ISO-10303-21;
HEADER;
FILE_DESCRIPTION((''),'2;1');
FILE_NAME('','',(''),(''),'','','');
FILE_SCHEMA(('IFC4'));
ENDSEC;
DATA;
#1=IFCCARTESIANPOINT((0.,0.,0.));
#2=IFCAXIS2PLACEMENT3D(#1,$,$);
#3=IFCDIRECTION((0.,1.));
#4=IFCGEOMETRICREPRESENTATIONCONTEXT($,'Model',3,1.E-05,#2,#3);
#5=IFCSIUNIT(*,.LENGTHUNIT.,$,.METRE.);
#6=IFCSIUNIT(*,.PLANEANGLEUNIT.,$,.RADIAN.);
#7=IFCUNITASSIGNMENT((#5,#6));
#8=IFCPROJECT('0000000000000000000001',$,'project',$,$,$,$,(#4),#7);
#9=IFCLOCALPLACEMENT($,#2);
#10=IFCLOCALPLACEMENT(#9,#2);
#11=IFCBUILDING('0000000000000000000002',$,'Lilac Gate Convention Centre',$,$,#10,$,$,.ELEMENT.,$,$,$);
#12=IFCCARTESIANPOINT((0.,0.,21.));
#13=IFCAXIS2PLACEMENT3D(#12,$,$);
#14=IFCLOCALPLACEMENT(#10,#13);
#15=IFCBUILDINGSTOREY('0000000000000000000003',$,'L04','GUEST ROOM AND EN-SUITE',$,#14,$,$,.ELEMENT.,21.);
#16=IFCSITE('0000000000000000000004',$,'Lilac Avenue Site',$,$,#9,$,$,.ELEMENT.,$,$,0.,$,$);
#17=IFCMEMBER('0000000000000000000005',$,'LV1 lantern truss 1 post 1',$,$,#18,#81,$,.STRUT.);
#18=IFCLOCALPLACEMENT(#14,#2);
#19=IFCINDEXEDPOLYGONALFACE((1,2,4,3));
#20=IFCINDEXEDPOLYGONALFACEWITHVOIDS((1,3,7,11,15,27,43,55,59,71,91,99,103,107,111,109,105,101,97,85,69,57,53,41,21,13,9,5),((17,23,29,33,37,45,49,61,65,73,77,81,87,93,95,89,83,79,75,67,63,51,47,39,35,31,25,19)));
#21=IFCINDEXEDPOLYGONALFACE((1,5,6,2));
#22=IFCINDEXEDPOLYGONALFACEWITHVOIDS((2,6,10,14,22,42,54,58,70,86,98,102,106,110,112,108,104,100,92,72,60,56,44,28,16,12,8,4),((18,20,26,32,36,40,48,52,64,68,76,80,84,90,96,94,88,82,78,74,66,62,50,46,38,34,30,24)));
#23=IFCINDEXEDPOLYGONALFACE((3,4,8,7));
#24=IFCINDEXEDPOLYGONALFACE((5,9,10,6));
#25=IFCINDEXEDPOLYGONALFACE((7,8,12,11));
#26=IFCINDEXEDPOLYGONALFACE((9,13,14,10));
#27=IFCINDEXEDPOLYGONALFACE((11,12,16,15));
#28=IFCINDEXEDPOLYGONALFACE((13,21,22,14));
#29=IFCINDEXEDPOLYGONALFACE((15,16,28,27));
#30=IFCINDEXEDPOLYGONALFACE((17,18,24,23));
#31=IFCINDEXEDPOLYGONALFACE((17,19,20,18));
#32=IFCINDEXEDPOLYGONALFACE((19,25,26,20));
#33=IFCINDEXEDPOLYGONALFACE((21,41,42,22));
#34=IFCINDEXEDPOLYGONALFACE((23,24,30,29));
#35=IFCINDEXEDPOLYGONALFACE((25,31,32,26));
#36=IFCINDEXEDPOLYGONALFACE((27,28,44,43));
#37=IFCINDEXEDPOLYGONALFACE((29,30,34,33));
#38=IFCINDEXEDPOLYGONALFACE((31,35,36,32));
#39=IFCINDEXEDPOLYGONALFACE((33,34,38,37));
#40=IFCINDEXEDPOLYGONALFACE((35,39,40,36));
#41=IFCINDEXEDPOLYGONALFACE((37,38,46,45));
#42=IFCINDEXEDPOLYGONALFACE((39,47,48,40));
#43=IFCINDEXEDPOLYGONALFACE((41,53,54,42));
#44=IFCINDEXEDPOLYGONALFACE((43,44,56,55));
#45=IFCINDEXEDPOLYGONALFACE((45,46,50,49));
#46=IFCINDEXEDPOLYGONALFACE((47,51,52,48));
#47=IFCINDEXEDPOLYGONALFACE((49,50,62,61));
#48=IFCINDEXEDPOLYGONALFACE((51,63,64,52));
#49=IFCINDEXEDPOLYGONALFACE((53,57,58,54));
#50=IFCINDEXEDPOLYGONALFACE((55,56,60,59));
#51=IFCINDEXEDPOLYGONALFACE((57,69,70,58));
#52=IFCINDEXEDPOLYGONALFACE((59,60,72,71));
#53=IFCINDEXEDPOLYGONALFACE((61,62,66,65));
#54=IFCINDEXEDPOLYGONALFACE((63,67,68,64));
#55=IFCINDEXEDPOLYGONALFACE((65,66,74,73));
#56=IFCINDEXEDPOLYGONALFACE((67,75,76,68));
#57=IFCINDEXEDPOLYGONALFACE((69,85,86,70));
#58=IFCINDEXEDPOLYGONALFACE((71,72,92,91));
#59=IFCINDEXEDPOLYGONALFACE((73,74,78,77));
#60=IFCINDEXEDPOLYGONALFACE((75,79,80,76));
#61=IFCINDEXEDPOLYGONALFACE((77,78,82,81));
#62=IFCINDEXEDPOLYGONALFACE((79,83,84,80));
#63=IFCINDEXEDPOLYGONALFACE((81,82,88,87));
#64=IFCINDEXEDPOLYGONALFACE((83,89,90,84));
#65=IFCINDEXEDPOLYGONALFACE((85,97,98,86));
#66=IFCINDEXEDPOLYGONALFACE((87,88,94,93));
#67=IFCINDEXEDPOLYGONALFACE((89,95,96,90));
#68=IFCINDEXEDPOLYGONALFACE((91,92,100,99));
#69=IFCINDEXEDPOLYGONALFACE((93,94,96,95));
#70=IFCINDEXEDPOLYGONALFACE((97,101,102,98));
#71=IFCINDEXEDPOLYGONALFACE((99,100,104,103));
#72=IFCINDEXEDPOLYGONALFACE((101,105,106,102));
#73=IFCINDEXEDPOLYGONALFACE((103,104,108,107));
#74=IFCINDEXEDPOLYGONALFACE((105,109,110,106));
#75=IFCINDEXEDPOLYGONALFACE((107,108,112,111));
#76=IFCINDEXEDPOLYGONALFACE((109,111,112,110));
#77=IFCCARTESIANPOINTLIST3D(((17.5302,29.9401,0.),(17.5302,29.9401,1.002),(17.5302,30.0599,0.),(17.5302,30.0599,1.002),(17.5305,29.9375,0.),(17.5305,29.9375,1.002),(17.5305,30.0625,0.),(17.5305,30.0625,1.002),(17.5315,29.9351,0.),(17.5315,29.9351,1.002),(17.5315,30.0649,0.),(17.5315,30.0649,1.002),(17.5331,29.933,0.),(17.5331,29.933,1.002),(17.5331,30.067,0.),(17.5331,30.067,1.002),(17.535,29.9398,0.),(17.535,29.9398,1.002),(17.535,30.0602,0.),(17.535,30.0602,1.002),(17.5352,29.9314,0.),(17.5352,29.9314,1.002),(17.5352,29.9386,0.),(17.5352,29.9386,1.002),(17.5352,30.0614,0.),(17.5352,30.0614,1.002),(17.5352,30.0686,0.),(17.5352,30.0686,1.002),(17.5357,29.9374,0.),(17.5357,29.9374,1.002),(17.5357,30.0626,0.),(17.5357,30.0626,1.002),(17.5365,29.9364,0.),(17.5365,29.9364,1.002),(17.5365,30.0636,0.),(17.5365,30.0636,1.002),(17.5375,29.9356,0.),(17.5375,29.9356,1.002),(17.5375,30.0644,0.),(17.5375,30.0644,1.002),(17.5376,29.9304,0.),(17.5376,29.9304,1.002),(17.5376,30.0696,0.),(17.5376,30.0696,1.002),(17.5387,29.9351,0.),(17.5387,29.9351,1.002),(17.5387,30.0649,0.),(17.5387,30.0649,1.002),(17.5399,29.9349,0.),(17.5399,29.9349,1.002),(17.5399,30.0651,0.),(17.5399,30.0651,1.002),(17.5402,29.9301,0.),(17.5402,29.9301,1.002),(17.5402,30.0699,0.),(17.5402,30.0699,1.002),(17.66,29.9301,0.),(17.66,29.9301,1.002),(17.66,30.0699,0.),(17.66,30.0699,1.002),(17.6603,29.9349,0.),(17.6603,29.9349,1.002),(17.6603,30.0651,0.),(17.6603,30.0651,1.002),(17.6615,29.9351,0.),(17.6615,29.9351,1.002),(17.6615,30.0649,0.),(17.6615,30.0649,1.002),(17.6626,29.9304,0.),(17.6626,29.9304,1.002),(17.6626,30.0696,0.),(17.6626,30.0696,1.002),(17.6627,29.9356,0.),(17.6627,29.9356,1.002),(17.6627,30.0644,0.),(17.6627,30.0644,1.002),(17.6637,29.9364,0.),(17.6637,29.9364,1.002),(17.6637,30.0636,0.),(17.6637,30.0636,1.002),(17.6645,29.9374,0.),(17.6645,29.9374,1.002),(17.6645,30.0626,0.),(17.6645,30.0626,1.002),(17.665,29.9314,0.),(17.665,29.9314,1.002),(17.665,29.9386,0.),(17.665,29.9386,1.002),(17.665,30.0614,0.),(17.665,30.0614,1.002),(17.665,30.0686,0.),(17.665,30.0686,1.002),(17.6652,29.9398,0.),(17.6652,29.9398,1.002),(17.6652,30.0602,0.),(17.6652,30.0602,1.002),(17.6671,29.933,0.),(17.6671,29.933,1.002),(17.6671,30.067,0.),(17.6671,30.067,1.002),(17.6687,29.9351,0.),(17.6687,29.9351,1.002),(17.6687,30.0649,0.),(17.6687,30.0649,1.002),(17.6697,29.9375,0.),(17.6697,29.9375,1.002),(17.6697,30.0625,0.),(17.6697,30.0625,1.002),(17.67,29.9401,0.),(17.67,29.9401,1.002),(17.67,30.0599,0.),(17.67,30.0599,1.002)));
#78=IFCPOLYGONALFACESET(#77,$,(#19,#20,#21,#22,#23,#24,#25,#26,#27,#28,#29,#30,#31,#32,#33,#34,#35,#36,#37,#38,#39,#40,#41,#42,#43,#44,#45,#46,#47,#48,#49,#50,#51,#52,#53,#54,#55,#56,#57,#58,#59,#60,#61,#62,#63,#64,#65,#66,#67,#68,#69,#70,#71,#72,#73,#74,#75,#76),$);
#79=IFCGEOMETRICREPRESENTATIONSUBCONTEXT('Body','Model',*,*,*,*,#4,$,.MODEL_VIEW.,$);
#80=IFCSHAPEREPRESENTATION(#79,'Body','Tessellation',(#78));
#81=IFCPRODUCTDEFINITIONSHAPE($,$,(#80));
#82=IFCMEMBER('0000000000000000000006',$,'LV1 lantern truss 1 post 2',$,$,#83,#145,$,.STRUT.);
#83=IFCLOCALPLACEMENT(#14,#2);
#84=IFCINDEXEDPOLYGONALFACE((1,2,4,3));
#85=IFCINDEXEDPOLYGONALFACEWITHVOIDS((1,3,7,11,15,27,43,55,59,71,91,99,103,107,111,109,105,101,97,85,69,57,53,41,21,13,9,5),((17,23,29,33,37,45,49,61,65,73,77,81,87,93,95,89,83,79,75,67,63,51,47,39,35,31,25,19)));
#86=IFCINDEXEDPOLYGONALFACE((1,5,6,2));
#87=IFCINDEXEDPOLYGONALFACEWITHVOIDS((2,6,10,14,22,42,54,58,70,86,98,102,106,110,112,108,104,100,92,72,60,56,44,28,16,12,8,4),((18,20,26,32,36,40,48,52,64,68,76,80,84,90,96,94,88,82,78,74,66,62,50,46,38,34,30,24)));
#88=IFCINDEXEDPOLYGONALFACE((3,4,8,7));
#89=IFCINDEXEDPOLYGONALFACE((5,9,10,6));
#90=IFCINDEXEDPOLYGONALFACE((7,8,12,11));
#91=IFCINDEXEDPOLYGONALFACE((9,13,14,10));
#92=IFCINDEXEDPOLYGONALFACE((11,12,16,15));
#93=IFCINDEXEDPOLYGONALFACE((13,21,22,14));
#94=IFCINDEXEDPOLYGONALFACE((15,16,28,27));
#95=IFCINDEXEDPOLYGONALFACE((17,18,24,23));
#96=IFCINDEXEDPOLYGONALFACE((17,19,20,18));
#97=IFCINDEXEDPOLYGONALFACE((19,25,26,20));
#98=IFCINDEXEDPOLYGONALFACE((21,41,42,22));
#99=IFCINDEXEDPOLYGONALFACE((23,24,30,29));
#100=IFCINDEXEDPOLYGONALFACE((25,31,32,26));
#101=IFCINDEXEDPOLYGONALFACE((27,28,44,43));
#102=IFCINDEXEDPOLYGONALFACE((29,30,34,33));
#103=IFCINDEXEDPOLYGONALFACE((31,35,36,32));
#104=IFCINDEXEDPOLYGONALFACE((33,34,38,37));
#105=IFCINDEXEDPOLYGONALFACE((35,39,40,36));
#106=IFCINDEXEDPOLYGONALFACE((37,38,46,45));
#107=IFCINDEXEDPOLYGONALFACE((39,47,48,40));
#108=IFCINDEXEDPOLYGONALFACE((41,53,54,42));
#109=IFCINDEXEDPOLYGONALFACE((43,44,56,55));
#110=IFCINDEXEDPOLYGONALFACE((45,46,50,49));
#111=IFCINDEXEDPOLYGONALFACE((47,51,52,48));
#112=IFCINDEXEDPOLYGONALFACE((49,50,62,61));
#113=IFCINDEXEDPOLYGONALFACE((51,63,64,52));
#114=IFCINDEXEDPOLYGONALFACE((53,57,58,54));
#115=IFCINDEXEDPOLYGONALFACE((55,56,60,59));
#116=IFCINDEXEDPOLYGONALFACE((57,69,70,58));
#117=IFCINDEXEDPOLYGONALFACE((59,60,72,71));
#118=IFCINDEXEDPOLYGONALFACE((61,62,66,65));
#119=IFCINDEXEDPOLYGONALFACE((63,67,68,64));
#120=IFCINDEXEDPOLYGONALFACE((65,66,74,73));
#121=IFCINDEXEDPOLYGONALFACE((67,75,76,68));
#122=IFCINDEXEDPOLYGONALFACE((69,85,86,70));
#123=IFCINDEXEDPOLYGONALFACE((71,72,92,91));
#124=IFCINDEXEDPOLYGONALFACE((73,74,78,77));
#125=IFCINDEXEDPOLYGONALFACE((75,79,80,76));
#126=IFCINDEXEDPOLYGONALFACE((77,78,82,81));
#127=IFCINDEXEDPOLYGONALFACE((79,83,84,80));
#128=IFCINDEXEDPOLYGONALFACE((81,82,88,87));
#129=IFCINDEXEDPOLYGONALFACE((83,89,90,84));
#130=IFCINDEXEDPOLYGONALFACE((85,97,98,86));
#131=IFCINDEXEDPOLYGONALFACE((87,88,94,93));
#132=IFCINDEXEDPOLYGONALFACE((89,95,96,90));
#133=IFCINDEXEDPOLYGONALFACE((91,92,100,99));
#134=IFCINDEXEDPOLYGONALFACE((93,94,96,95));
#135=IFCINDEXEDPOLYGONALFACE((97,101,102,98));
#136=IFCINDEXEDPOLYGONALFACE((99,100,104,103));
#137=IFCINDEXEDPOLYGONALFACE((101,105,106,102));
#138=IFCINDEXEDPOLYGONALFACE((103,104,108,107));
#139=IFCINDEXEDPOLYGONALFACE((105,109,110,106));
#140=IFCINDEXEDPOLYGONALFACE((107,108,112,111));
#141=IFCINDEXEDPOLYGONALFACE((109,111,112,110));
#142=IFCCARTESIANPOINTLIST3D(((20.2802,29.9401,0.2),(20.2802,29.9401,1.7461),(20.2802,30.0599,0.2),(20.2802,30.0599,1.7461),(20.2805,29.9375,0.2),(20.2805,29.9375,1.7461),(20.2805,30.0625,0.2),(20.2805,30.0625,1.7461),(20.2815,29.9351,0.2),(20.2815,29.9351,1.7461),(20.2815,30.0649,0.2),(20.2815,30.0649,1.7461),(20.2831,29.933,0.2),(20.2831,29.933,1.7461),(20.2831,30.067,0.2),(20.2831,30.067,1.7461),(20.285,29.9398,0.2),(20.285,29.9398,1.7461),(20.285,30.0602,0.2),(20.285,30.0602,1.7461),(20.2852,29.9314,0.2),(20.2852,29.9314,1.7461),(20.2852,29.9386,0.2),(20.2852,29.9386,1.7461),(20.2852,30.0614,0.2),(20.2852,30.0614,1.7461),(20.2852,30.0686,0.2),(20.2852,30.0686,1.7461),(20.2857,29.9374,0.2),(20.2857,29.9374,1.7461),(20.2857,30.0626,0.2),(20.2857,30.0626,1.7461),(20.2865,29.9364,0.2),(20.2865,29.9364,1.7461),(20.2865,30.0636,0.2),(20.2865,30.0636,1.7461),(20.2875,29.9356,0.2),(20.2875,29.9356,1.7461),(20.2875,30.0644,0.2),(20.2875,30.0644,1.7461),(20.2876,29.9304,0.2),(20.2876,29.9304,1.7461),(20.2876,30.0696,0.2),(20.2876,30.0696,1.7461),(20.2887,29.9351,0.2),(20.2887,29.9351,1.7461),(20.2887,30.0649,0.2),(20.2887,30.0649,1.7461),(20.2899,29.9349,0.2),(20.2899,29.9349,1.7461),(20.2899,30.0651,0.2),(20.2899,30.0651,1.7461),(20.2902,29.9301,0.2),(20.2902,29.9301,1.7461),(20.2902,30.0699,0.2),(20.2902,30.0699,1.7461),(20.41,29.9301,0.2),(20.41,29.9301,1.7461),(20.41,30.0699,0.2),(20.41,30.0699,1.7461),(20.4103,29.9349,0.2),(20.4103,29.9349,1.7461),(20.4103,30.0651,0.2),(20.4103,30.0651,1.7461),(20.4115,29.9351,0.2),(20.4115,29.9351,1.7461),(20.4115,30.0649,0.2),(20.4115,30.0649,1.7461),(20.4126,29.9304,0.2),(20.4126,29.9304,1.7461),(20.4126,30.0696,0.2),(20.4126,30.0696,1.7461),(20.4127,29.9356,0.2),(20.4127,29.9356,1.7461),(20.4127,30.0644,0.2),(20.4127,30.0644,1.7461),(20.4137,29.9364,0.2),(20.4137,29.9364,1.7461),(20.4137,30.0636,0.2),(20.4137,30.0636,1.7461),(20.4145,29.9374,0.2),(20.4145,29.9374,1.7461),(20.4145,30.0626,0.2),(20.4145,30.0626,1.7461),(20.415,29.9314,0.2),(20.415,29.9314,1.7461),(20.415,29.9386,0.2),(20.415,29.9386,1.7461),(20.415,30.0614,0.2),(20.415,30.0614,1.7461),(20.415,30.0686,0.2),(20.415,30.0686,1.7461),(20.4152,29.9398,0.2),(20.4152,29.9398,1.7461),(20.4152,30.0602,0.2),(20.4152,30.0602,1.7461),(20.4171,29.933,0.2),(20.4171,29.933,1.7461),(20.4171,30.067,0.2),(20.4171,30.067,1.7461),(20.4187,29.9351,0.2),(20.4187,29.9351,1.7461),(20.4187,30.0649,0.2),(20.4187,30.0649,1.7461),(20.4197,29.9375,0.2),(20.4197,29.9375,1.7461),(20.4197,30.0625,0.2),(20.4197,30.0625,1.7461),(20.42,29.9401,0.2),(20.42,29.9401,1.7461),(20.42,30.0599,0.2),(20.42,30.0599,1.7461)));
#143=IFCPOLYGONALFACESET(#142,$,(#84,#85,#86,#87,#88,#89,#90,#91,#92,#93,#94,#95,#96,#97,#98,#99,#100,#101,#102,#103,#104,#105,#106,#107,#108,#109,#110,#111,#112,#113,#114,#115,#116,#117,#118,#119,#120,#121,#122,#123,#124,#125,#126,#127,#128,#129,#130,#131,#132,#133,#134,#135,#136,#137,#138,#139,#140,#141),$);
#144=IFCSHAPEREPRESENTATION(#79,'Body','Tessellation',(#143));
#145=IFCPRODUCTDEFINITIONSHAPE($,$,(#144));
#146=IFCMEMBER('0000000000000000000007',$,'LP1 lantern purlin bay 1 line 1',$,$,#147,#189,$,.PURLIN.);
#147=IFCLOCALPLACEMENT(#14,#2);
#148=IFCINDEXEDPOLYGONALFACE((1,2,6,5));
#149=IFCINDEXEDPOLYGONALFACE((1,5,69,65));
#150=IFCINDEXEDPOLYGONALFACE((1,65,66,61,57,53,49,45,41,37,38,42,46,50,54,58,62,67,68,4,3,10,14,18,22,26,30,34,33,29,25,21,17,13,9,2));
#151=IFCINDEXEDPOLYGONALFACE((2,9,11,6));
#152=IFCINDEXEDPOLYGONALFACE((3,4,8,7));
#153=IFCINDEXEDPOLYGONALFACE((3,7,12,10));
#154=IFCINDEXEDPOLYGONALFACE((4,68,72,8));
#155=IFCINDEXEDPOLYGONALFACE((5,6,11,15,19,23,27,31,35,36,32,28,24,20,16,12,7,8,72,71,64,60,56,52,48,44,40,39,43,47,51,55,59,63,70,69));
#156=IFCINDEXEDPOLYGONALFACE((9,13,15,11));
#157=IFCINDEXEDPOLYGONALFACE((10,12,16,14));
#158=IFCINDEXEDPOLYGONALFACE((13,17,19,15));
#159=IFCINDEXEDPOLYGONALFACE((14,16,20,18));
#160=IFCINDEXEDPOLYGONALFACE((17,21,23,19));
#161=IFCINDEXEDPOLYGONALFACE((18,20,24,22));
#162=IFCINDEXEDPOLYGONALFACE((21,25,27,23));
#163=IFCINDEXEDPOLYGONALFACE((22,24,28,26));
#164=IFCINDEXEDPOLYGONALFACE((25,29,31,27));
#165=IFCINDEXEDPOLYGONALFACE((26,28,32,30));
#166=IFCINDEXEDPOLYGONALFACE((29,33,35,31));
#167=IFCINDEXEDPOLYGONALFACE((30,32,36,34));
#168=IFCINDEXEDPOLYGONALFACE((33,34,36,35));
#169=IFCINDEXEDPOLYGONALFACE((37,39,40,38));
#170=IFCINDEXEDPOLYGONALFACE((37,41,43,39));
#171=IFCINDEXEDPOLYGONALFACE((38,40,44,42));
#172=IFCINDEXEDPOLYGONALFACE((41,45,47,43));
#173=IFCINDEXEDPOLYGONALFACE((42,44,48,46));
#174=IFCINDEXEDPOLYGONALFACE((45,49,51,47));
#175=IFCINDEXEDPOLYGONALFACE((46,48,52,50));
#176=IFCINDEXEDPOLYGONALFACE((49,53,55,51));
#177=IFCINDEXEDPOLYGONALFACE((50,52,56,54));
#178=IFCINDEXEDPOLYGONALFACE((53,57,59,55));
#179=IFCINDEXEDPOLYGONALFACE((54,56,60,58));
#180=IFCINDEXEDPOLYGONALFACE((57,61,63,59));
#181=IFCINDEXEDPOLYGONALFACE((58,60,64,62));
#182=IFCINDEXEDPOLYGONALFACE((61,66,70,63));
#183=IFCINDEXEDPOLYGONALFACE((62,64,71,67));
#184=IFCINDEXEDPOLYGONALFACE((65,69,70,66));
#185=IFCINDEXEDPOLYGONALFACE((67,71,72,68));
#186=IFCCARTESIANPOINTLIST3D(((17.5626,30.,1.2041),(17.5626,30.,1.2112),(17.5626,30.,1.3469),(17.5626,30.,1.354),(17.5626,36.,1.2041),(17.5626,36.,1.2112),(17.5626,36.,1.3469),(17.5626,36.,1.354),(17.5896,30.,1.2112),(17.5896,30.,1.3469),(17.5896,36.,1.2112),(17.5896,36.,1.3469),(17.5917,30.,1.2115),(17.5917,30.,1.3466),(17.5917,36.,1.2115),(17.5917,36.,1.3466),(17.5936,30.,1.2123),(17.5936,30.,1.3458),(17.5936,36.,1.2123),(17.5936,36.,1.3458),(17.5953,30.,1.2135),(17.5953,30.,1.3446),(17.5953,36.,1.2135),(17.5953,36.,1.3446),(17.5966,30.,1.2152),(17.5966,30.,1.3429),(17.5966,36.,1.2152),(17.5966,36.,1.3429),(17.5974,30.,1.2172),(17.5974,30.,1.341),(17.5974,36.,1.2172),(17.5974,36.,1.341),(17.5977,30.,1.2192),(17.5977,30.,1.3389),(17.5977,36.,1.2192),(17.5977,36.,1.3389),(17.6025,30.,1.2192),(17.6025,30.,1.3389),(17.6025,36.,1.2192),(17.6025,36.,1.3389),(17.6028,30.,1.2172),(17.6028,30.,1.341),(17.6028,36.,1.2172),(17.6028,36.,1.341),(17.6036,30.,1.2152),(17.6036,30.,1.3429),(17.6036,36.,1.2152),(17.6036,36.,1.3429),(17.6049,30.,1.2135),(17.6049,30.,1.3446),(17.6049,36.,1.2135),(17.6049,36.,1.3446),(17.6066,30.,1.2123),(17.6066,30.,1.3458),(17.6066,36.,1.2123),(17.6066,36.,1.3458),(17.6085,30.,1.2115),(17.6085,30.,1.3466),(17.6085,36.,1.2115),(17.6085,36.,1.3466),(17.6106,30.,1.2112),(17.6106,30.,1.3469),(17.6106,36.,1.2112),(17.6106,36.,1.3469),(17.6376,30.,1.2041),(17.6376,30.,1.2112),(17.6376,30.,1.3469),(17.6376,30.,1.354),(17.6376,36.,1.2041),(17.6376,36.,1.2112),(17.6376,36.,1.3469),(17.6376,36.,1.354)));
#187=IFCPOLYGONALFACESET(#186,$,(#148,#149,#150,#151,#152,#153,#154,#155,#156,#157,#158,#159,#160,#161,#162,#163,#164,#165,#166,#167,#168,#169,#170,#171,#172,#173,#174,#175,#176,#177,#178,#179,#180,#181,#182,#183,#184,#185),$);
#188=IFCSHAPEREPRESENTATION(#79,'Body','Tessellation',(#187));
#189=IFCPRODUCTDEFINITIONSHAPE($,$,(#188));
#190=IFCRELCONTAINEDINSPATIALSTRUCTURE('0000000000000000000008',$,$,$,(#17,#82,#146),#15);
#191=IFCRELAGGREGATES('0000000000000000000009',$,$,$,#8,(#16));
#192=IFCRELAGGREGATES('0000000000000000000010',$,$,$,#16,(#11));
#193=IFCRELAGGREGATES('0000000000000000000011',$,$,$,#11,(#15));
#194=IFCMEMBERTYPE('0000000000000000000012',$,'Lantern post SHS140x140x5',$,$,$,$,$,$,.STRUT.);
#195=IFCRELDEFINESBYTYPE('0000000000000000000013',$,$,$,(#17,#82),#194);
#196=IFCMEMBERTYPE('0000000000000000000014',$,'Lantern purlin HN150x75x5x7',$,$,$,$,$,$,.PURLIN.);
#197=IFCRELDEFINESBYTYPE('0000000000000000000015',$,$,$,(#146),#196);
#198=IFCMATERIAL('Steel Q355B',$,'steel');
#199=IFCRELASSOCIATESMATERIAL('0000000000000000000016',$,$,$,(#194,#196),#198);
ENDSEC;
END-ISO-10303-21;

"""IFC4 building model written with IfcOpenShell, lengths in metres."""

from ifc_helpers import new_model, si_unit, direction, frame, origin, origin_2d, place, context, subcontext, project, spatial, hollow_rectangle, i_section, extrude, material, material_profile, profile_set, type_object, element, save


model = new_model("IFC4")

# Units and contexts
model_context = context("Model", 3, precision=1e-05, world=origin(), true_north=direction((0.0, 1.0)))
body_context = subcontext(model_context, "Body", "Model", "MODEL_VIEW")
ifc_project = project(units=[si_unit("LENGTHUNIT", "METRE"), si_unit("PLANEANGLEUNIT", "RADIAN")], contexts=[model_context])

# Site, building, storey
site_placement = place(None, origin())
site = spatial("IfcSite", under=ifc_project, at=site_placement, Name="Lilac Avenue Site", CompositionType="ELEMENT", RefElevation=0.0)
building_placement = place(site_placement, origin())
building = spatial("IfcBuilding", under=site, at=building_placement, Name="Lilac Gate Convention Centre", CompositionType="ELEMENT")
storey_placement = place(building_placement, frame((0.0, 0.0, 21.0)))
storey = spatial("IfcBuildingStorey", under=building, at=storey_placement, Name="L04", Description="GUEST ROOM AND EN-SUITE", CompositionType="ELEMENT", Elevation=21.0)

# Members
ifc_material_1 = material(Name="Steel Q355B", Category="steel")
ifc_material_profile_1 = material_profile(ifc_material_1, hollow_rectangle(XDim=0.1399, YDim=0.1399, WallThickness=0.0049, InnerFilletRadius=0.0049, OuterFilletRadius=0.01, at=origin_2d()), Name="SHS140x140x5")
ifc_profile_set_1 = profile_set([ifc_material_profile_1], Name="Steel Q355B")
member_type_1 = type_object("IfcMemberType", Name="Lantern post SHS140x140x5", PredefinedType="STRUT", material=ifc_profile_set_1)
member_1_placement = place(storey_placement, frame((17.6001, 30.0, 0.0), z_axis=(0.0, 0.0, 1.0), x_axis=(1.0, 0.0, 0.0)))
element("IfcMember", 1, at=member_1_placement, inside=storey, type_object=member_type_1, Name="LV1 lantern truss 1 post 1", PredefinedType="STRUT", context=body_context, shape_type="SweptSolid", body=[
    extrude(hollow_rectangle(XDim=0.1399, YDim=0.1399, WallThickness=0.0049, InnerFilletRadius=0.0049, OuterFilletRadius=0.01, at=origin_2d()), origin(), (0.0, 0.0, 1.0), 1.002),
])
member_2_placement = place(storey_placement, frame((20.3501, 30.0, 0.2), z_axis=(0.0, 0.0, 1.0), x_axis=(1.0, 0.0, 0.0)))
element("IfcMember", 2, at=member_2_placement, inside=storey, type_object=member_type_1, Name="LV1 lantern truss 1 post 2", PredefinedType="STRUT", context=body_context, shape_type="SweptSolid", body=[
    extrude(hollow_rectangle(XDim=0.1399, YDim=0.1399, WallThickness=0.0049, InnerFilletRadius=0.0049, OuterFilletRadius=0.01, at=origin_2d()), origin(), (0.0, 0.0, 1.0), 1.5461),
])
ifc_material_profile_2 = material_profile(ifc_material_1, i_section(OverallWidth=0.075, OverallDepth=0.1499, WebThickness=0.0049, FlangeThickness=0.0071, FilletRadius=0.0081, at=origin_2d()), Name="HN150x75x5x7")
ifc_profile_set_2 = profile_set([ifc_material_profile_2], Name="Steel Q355B")
member_type_2 = type_object("IfcMemberType", Name="Lantern purlin HN150x75x5x7", PredefinedType="PURLIN", material=ifc_profile_set_2)
for number, where, z_axis, x_axis, name in (
    (3, (17.6001, 30.0, 1.2791), (0.0, 1.0, 0.0), (-1.0, 0.0, 0.0), "LP1 lantern purlin bay 1 line 1"),
):
    element("IfcMember", number, at=place(storey_placement, frame(where, z_axis=z_axis, x_axis=x_axis)), inside=storey, type_object=member_type_2, Name=name, PredefinedType="PURLIN", context=body_context, shape_type="SweptSolid", body=[
        extrude(i_section(OverallWidth=0.075, OverallDepth=0.1499, WebThickness=0.0049, FlangeThickness=0.0071, FilletRadius=0.0081, at=origin_2d()), origin(), (0.0, 0.0, 1.0), 6.0),
    ])

save(model, "model.ifc")
